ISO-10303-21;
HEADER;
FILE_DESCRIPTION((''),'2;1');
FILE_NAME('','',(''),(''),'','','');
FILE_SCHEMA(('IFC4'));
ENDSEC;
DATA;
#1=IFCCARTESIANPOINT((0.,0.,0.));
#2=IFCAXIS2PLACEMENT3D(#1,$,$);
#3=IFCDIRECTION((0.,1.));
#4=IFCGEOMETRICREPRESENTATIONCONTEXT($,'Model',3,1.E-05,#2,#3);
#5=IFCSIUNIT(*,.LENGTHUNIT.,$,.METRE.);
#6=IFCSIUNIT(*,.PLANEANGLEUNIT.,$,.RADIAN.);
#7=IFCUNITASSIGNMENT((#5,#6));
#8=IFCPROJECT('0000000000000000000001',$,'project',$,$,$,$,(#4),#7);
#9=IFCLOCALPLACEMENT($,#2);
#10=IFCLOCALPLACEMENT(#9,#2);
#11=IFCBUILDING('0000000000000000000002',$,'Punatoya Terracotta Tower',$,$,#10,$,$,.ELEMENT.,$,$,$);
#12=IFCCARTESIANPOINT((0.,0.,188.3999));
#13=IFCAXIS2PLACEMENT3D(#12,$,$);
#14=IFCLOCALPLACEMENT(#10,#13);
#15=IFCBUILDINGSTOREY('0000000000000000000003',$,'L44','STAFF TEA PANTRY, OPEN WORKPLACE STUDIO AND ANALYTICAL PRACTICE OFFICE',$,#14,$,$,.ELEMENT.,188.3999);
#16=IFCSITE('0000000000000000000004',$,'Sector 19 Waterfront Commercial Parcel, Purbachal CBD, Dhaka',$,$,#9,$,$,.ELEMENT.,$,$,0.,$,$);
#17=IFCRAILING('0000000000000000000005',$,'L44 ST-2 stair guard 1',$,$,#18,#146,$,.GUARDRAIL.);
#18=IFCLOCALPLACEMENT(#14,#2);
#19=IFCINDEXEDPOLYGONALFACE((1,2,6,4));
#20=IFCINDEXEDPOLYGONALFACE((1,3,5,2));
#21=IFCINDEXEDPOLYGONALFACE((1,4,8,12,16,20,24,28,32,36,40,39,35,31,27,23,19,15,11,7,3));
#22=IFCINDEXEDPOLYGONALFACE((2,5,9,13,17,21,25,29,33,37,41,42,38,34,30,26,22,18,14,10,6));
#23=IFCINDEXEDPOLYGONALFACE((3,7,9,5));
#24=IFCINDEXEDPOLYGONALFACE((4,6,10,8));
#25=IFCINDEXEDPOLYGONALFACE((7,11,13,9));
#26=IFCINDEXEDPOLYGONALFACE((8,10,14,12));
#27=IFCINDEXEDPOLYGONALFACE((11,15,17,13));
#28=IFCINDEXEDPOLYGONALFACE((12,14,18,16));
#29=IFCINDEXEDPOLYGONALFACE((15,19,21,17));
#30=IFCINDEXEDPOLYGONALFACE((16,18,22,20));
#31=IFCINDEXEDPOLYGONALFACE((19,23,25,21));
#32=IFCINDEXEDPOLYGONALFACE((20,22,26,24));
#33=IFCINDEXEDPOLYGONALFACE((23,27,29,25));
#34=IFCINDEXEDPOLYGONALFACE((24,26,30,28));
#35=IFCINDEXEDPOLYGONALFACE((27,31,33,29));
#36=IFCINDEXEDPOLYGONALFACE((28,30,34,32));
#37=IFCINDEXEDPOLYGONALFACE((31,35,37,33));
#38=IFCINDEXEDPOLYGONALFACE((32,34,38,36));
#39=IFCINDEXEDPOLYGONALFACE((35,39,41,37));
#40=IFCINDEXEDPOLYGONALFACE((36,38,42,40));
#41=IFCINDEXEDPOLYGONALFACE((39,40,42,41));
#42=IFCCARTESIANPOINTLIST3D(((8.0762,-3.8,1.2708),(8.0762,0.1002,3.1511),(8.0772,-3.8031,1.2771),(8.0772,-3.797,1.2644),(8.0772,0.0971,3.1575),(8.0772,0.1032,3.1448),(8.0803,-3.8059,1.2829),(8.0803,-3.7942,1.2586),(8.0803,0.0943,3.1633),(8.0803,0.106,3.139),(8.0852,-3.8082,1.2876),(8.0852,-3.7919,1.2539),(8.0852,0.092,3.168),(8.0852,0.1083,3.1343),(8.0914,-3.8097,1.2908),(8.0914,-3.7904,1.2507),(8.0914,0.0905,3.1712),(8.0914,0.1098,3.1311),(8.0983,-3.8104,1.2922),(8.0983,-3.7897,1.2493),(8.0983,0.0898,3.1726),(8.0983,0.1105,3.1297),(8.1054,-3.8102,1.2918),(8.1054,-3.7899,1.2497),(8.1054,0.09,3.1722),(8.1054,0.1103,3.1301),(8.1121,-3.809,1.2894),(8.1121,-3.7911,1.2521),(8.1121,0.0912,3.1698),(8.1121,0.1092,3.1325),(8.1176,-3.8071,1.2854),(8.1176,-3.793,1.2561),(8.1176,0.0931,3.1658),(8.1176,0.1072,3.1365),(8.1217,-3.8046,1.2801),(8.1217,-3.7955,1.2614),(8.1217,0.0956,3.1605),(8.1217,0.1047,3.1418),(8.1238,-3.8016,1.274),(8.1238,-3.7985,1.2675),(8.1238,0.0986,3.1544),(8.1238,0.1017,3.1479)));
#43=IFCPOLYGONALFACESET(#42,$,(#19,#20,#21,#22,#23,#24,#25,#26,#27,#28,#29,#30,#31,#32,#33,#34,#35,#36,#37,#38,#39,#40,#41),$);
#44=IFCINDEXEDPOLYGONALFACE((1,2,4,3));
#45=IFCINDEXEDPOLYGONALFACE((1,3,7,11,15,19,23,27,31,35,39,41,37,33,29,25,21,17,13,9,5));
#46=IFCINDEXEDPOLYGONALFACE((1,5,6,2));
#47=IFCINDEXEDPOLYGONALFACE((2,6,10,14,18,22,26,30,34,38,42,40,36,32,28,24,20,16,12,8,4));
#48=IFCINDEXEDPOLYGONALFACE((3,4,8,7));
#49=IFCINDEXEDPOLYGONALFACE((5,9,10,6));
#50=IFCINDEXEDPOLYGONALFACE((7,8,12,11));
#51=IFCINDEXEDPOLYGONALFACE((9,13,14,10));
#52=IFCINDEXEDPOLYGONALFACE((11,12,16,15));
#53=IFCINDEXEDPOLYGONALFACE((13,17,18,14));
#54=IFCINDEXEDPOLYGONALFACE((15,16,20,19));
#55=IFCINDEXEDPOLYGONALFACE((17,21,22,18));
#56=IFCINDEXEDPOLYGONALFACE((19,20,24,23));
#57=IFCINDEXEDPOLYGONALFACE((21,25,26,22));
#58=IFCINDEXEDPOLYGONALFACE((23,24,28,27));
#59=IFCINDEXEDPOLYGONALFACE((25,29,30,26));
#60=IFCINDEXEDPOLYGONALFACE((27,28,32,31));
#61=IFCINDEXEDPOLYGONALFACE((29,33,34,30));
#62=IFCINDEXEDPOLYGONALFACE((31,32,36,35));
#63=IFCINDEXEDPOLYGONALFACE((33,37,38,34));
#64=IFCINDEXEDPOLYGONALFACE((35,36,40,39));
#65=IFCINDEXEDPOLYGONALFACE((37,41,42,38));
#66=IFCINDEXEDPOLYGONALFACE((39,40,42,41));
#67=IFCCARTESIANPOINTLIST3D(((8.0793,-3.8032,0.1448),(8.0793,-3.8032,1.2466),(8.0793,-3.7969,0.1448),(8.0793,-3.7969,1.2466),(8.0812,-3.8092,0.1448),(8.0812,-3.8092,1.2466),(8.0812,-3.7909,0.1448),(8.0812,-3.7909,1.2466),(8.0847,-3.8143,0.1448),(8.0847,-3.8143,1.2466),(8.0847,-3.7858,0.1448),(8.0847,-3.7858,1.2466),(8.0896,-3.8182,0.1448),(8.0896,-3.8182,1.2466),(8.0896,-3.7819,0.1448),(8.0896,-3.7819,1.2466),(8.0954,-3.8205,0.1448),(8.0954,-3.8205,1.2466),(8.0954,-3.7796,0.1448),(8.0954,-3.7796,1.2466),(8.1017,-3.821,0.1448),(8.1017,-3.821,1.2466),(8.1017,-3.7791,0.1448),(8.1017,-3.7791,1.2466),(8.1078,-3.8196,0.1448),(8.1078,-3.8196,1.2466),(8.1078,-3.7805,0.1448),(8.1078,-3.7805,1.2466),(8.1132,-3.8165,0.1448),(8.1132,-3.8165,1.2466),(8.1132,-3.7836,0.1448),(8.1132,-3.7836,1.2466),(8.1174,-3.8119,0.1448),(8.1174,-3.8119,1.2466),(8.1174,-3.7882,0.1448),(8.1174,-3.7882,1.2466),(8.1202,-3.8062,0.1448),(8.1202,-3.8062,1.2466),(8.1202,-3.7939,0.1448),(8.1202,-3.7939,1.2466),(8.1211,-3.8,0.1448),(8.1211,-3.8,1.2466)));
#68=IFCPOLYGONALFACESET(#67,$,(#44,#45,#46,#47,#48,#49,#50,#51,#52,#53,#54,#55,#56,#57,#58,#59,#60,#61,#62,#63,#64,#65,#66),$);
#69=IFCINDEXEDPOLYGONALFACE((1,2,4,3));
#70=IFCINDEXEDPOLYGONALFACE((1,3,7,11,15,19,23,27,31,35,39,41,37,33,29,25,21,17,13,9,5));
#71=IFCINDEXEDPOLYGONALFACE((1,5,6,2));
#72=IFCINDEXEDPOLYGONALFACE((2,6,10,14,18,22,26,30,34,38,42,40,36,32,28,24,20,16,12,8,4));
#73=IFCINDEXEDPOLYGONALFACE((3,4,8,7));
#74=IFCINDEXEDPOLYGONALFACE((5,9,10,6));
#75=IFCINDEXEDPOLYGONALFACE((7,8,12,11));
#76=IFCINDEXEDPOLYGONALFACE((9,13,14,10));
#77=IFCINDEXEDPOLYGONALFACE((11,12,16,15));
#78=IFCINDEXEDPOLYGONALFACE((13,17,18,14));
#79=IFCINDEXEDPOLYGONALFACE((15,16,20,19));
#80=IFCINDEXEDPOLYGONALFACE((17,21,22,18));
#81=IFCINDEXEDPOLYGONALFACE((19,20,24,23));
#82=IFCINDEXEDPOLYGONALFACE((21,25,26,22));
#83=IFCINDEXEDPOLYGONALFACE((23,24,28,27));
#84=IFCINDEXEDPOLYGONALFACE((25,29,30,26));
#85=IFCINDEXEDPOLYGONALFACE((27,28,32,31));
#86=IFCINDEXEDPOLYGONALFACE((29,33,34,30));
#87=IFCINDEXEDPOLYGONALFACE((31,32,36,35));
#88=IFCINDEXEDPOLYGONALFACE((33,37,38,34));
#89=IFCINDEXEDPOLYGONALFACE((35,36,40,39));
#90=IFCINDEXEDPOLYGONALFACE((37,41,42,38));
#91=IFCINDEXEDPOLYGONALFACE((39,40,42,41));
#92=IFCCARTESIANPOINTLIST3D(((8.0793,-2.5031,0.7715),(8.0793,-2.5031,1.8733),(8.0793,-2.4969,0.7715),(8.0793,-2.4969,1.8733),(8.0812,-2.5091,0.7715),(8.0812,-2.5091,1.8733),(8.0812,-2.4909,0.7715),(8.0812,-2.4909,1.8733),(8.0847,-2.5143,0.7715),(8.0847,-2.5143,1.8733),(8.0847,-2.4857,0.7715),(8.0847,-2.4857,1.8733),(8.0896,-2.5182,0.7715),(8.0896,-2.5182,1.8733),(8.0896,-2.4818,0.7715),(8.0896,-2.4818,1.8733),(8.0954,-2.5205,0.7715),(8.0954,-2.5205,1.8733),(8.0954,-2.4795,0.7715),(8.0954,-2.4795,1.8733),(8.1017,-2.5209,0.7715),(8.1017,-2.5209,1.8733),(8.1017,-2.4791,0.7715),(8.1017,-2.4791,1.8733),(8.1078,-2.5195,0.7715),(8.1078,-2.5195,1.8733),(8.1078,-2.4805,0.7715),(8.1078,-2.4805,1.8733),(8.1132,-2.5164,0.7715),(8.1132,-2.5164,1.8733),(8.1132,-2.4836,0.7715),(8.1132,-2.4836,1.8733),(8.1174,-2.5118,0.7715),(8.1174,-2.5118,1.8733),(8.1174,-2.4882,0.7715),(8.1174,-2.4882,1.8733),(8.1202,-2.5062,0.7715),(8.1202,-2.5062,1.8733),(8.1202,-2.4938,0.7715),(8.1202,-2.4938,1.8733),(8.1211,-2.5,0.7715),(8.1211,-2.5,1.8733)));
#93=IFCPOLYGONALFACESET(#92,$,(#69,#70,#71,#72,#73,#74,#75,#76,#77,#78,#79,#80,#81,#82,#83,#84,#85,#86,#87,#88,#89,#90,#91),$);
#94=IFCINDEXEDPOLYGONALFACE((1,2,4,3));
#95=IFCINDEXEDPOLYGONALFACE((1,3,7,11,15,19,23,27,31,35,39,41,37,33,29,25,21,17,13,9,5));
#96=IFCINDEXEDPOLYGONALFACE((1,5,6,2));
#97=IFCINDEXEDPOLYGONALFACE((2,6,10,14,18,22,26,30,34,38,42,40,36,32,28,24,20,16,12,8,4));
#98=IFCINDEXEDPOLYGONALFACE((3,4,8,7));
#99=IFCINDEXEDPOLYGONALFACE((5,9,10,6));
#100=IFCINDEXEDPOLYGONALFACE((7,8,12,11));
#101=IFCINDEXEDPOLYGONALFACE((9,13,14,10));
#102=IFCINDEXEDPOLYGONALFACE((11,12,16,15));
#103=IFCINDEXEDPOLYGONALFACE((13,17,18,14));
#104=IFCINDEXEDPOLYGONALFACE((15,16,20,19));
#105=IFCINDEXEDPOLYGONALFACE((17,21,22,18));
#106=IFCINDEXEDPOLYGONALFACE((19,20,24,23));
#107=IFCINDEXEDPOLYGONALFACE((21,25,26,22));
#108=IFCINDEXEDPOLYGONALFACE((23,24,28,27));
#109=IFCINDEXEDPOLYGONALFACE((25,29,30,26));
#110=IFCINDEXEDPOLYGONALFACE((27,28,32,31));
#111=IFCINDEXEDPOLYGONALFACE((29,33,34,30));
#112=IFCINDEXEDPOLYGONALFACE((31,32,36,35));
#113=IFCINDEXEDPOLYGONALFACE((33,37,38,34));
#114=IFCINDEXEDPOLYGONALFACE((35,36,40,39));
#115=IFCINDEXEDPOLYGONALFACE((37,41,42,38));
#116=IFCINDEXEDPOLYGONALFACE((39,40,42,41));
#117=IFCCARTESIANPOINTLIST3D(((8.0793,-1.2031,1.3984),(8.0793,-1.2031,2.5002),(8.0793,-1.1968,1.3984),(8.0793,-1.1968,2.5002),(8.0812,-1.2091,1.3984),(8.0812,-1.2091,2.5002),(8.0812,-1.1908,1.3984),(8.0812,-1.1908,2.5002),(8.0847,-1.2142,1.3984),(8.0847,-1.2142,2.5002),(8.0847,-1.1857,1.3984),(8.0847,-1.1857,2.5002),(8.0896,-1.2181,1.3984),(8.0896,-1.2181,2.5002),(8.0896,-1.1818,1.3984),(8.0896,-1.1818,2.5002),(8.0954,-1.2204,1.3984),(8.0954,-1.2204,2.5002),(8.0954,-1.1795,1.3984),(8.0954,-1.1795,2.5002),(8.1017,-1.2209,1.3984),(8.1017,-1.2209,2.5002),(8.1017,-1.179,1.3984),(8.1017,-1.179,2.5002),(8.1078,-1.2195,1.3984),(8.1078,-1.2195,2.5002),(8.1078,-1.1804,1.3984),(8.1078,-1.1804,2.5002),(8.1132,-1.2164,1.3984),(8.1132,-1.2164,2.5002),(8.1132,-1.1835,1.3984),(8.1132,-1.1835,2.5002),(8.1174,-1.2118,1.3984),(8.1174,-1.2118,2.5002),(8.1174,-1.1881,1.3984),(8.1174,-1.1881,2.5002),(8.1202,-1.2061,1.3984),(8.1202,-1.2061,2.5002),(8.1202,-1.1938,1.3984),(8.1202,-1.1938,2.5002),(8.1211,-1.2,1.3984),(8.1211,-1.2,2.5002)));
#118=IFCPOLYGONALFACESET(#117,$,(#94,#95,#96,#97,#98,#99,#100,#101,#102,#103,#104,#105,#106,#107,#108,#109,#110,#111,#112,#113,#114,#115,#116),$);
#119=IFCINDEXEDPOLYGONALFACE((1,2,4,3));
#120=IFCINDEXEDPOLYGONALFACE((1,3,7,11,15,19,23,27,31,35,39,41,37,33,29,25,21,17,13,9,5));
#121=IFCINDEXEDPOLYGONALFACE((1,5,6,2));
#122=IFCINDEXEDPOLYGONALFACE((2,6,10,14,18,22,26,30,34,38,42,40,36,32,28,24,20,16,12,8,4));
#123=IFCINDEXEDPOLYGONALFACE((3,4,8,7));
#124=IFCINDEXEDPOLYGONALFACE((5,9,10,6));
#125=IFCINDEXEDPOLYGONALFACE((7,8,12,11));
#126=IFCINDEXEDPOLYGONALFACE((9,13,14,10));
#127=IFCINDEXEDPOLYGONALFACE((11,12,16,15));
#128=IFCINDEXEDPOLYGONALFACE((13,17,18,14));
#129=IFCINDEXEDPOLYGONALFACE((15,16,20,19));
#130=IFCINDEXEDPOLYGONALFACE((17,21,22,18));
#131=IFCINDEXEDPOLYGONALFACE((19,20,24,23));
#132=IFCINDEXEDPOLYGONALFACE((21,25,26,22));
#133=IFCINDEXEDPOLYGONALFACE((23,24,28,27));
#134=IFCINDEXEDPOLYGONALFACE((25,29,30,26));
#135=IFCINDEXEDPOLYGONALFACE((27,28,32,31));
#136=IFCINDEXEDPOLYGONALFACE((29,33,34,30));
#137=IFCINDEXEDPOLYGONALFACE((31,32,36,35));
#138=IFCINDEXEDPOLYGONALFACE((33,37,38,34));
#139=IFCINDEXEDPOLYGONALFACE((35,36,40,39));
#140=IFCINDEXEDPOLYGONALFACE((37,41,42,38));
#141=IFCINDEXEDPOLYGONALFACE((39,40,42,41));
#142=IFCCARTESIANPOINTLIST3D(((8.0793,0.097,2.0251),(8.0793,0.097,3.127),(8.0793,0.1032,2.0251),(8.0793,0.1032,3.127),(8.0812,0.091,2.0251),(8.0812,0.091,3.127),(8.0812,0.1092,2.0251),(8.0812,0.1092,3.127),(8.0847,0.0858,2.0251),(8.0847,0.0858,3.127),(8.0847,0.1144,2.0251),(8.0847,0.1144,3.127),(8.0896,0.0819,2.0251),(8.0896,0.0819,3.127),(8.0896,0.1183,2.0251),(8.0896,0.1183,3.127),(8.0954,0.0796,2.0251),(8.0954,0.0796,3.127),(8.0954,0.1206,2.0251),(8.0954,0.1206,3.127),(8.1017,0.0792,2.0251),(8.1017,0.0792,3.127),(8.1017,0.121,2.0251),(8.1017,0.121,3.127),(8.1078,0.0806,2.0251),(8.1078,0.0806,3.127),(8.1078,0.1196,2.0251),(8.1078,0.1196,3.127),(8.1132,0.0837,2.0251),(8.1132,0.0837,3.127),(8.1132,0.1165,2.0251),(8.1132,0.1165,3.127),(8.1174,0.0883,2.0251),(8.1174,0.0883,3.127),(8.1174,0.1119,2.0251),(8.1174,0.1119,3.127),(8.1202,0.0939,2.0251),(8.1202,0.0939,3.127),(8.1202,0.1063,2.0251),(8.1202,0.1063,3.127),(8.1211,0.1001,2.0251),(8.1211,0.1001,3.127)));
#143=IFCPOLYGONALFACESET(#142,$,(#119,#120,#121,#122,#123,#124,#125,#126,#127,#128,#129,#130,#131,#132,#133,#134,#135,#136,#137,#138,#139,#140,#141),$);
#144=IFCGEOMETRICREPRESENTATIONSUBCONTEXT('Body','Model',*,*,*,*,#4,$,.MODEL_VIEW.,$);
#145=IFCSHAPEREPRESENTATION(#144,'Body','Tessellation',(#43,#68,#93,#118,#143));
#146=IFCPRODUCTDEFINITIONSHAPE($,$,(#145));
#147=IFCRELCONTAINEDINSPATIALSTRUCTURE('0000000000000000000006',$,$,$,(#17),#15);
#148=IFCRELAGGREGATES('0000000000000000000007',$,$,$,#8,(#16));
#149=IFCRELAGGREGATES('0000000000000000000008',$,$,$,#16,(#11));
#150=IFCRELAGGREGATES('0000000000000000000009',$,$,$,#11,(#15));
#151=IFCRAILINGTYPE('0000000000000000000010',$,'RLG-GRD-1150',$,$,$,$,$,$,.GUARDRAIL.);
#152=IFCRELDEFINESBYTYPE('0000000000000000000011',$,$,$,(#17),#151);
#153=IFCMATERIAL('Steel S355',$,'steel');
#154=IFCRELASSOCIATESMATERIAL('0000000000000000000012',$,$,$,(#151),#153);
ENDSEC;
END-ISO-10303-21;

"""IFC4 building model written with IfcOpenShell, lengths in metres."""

from ifc_helpers import new_model, si_unit, direction, frame, origin, origin_2d, place, context, subcontext, project, spatial, circle, extrude, material, type_object, element, save


model = new_model("IFC4")

# Units and contexts
model_context = context("Model", 3, precision=1e-05, world=origin(), true_north=direction((0.0, 1.0)))
body_context = subcontext(model_context, "Body", "Model", "MODEL_VIEW")
ifc_project = project(units=[si_unit("LENGTHUNIT", "METRE"), si_unit("PLANEANGLEUNIT", "RADIAN")], contexts=[model_context])

# Site, building, storey
site_placement = place(None, origin())
site = spatial("IfcSite", under=ifc_project, at=site_placement, Name="Sector 19 Waterfront Commercial Parcel, Purbachal CBD, Dhaka", CompositionType="ELEMENT", RefElevation=0.0)
building_placement = place(site_placement, origin())
building = spatial("IfcBuilding", under=site, at=building_placement, Name="Punatoya Terracotta Tower", CompositionType="ELEMENT")
storey_placement = place(building_placement, frame((0.0, 0.0, 188.3999)))
storey = spatial("IfcBuildingStorey", under=building, at=storey_placement, Name="L44", Description="STAFF TEA PANTRY, OPEN WORKPLACE STUDIO AND ANALYTICAL PRACTICE OFFICE", CompositionType="ELEMENT", Elevation=188.3999)

# Shared definitions
ifc_material_1 = material(Name="Steel S355", Category="steel")

# Railing
railing_type_1 = type_object("IfcRailingType", Name="RLG-GRD-1150", PredefinedType="GUARDRAIL", material=ifc_material_1)
railing_1_placement = place(storey_placement, frame((8.1001, -3.8, 0.1448)))
element("IfcRailing", 1, at=railing_1_placement, inside=storey, type_object=railing_type_1, Name="L44 ST-2 stair guard 1", PredefinedType="GUARDRAIL", context=body_context, shape_type="SweptSolid", body=[
    extrude(circle(Radius=0.0239, at=origin_2d()), frame((0.0, 0.0, 1.126), z_axis=(0.0, 0.900774, 0.434289), x_axis=(-1.0, 0.0, 0.0)), (0.0, 0.0, 1.0), 4.3298),
    extrude(circle(Radius=0.021, at=origin_2d()), origin(), (0.0, 0.0, 1.0), 1.1018),
    extrude(circle(Radius=0.021, at=origin_2d()), frame((0.0, 1.3, 0.6267)), (0.0, 0.0, 1.0), 1.1018),
    extrude(circle(Radius=0.021, at=origin_2d()), frame((0.0, 2.6001, 1.2537)), (0.0, 0.0, 1.0), 1.1018),
    extrude(circle(Radius=0.021, at=origin_2d()), frame((0.0, 3.9001, 1.8804)), (0.0, 0.0, 1.0), 1.1018),
])

save(model, "model.ifc")
